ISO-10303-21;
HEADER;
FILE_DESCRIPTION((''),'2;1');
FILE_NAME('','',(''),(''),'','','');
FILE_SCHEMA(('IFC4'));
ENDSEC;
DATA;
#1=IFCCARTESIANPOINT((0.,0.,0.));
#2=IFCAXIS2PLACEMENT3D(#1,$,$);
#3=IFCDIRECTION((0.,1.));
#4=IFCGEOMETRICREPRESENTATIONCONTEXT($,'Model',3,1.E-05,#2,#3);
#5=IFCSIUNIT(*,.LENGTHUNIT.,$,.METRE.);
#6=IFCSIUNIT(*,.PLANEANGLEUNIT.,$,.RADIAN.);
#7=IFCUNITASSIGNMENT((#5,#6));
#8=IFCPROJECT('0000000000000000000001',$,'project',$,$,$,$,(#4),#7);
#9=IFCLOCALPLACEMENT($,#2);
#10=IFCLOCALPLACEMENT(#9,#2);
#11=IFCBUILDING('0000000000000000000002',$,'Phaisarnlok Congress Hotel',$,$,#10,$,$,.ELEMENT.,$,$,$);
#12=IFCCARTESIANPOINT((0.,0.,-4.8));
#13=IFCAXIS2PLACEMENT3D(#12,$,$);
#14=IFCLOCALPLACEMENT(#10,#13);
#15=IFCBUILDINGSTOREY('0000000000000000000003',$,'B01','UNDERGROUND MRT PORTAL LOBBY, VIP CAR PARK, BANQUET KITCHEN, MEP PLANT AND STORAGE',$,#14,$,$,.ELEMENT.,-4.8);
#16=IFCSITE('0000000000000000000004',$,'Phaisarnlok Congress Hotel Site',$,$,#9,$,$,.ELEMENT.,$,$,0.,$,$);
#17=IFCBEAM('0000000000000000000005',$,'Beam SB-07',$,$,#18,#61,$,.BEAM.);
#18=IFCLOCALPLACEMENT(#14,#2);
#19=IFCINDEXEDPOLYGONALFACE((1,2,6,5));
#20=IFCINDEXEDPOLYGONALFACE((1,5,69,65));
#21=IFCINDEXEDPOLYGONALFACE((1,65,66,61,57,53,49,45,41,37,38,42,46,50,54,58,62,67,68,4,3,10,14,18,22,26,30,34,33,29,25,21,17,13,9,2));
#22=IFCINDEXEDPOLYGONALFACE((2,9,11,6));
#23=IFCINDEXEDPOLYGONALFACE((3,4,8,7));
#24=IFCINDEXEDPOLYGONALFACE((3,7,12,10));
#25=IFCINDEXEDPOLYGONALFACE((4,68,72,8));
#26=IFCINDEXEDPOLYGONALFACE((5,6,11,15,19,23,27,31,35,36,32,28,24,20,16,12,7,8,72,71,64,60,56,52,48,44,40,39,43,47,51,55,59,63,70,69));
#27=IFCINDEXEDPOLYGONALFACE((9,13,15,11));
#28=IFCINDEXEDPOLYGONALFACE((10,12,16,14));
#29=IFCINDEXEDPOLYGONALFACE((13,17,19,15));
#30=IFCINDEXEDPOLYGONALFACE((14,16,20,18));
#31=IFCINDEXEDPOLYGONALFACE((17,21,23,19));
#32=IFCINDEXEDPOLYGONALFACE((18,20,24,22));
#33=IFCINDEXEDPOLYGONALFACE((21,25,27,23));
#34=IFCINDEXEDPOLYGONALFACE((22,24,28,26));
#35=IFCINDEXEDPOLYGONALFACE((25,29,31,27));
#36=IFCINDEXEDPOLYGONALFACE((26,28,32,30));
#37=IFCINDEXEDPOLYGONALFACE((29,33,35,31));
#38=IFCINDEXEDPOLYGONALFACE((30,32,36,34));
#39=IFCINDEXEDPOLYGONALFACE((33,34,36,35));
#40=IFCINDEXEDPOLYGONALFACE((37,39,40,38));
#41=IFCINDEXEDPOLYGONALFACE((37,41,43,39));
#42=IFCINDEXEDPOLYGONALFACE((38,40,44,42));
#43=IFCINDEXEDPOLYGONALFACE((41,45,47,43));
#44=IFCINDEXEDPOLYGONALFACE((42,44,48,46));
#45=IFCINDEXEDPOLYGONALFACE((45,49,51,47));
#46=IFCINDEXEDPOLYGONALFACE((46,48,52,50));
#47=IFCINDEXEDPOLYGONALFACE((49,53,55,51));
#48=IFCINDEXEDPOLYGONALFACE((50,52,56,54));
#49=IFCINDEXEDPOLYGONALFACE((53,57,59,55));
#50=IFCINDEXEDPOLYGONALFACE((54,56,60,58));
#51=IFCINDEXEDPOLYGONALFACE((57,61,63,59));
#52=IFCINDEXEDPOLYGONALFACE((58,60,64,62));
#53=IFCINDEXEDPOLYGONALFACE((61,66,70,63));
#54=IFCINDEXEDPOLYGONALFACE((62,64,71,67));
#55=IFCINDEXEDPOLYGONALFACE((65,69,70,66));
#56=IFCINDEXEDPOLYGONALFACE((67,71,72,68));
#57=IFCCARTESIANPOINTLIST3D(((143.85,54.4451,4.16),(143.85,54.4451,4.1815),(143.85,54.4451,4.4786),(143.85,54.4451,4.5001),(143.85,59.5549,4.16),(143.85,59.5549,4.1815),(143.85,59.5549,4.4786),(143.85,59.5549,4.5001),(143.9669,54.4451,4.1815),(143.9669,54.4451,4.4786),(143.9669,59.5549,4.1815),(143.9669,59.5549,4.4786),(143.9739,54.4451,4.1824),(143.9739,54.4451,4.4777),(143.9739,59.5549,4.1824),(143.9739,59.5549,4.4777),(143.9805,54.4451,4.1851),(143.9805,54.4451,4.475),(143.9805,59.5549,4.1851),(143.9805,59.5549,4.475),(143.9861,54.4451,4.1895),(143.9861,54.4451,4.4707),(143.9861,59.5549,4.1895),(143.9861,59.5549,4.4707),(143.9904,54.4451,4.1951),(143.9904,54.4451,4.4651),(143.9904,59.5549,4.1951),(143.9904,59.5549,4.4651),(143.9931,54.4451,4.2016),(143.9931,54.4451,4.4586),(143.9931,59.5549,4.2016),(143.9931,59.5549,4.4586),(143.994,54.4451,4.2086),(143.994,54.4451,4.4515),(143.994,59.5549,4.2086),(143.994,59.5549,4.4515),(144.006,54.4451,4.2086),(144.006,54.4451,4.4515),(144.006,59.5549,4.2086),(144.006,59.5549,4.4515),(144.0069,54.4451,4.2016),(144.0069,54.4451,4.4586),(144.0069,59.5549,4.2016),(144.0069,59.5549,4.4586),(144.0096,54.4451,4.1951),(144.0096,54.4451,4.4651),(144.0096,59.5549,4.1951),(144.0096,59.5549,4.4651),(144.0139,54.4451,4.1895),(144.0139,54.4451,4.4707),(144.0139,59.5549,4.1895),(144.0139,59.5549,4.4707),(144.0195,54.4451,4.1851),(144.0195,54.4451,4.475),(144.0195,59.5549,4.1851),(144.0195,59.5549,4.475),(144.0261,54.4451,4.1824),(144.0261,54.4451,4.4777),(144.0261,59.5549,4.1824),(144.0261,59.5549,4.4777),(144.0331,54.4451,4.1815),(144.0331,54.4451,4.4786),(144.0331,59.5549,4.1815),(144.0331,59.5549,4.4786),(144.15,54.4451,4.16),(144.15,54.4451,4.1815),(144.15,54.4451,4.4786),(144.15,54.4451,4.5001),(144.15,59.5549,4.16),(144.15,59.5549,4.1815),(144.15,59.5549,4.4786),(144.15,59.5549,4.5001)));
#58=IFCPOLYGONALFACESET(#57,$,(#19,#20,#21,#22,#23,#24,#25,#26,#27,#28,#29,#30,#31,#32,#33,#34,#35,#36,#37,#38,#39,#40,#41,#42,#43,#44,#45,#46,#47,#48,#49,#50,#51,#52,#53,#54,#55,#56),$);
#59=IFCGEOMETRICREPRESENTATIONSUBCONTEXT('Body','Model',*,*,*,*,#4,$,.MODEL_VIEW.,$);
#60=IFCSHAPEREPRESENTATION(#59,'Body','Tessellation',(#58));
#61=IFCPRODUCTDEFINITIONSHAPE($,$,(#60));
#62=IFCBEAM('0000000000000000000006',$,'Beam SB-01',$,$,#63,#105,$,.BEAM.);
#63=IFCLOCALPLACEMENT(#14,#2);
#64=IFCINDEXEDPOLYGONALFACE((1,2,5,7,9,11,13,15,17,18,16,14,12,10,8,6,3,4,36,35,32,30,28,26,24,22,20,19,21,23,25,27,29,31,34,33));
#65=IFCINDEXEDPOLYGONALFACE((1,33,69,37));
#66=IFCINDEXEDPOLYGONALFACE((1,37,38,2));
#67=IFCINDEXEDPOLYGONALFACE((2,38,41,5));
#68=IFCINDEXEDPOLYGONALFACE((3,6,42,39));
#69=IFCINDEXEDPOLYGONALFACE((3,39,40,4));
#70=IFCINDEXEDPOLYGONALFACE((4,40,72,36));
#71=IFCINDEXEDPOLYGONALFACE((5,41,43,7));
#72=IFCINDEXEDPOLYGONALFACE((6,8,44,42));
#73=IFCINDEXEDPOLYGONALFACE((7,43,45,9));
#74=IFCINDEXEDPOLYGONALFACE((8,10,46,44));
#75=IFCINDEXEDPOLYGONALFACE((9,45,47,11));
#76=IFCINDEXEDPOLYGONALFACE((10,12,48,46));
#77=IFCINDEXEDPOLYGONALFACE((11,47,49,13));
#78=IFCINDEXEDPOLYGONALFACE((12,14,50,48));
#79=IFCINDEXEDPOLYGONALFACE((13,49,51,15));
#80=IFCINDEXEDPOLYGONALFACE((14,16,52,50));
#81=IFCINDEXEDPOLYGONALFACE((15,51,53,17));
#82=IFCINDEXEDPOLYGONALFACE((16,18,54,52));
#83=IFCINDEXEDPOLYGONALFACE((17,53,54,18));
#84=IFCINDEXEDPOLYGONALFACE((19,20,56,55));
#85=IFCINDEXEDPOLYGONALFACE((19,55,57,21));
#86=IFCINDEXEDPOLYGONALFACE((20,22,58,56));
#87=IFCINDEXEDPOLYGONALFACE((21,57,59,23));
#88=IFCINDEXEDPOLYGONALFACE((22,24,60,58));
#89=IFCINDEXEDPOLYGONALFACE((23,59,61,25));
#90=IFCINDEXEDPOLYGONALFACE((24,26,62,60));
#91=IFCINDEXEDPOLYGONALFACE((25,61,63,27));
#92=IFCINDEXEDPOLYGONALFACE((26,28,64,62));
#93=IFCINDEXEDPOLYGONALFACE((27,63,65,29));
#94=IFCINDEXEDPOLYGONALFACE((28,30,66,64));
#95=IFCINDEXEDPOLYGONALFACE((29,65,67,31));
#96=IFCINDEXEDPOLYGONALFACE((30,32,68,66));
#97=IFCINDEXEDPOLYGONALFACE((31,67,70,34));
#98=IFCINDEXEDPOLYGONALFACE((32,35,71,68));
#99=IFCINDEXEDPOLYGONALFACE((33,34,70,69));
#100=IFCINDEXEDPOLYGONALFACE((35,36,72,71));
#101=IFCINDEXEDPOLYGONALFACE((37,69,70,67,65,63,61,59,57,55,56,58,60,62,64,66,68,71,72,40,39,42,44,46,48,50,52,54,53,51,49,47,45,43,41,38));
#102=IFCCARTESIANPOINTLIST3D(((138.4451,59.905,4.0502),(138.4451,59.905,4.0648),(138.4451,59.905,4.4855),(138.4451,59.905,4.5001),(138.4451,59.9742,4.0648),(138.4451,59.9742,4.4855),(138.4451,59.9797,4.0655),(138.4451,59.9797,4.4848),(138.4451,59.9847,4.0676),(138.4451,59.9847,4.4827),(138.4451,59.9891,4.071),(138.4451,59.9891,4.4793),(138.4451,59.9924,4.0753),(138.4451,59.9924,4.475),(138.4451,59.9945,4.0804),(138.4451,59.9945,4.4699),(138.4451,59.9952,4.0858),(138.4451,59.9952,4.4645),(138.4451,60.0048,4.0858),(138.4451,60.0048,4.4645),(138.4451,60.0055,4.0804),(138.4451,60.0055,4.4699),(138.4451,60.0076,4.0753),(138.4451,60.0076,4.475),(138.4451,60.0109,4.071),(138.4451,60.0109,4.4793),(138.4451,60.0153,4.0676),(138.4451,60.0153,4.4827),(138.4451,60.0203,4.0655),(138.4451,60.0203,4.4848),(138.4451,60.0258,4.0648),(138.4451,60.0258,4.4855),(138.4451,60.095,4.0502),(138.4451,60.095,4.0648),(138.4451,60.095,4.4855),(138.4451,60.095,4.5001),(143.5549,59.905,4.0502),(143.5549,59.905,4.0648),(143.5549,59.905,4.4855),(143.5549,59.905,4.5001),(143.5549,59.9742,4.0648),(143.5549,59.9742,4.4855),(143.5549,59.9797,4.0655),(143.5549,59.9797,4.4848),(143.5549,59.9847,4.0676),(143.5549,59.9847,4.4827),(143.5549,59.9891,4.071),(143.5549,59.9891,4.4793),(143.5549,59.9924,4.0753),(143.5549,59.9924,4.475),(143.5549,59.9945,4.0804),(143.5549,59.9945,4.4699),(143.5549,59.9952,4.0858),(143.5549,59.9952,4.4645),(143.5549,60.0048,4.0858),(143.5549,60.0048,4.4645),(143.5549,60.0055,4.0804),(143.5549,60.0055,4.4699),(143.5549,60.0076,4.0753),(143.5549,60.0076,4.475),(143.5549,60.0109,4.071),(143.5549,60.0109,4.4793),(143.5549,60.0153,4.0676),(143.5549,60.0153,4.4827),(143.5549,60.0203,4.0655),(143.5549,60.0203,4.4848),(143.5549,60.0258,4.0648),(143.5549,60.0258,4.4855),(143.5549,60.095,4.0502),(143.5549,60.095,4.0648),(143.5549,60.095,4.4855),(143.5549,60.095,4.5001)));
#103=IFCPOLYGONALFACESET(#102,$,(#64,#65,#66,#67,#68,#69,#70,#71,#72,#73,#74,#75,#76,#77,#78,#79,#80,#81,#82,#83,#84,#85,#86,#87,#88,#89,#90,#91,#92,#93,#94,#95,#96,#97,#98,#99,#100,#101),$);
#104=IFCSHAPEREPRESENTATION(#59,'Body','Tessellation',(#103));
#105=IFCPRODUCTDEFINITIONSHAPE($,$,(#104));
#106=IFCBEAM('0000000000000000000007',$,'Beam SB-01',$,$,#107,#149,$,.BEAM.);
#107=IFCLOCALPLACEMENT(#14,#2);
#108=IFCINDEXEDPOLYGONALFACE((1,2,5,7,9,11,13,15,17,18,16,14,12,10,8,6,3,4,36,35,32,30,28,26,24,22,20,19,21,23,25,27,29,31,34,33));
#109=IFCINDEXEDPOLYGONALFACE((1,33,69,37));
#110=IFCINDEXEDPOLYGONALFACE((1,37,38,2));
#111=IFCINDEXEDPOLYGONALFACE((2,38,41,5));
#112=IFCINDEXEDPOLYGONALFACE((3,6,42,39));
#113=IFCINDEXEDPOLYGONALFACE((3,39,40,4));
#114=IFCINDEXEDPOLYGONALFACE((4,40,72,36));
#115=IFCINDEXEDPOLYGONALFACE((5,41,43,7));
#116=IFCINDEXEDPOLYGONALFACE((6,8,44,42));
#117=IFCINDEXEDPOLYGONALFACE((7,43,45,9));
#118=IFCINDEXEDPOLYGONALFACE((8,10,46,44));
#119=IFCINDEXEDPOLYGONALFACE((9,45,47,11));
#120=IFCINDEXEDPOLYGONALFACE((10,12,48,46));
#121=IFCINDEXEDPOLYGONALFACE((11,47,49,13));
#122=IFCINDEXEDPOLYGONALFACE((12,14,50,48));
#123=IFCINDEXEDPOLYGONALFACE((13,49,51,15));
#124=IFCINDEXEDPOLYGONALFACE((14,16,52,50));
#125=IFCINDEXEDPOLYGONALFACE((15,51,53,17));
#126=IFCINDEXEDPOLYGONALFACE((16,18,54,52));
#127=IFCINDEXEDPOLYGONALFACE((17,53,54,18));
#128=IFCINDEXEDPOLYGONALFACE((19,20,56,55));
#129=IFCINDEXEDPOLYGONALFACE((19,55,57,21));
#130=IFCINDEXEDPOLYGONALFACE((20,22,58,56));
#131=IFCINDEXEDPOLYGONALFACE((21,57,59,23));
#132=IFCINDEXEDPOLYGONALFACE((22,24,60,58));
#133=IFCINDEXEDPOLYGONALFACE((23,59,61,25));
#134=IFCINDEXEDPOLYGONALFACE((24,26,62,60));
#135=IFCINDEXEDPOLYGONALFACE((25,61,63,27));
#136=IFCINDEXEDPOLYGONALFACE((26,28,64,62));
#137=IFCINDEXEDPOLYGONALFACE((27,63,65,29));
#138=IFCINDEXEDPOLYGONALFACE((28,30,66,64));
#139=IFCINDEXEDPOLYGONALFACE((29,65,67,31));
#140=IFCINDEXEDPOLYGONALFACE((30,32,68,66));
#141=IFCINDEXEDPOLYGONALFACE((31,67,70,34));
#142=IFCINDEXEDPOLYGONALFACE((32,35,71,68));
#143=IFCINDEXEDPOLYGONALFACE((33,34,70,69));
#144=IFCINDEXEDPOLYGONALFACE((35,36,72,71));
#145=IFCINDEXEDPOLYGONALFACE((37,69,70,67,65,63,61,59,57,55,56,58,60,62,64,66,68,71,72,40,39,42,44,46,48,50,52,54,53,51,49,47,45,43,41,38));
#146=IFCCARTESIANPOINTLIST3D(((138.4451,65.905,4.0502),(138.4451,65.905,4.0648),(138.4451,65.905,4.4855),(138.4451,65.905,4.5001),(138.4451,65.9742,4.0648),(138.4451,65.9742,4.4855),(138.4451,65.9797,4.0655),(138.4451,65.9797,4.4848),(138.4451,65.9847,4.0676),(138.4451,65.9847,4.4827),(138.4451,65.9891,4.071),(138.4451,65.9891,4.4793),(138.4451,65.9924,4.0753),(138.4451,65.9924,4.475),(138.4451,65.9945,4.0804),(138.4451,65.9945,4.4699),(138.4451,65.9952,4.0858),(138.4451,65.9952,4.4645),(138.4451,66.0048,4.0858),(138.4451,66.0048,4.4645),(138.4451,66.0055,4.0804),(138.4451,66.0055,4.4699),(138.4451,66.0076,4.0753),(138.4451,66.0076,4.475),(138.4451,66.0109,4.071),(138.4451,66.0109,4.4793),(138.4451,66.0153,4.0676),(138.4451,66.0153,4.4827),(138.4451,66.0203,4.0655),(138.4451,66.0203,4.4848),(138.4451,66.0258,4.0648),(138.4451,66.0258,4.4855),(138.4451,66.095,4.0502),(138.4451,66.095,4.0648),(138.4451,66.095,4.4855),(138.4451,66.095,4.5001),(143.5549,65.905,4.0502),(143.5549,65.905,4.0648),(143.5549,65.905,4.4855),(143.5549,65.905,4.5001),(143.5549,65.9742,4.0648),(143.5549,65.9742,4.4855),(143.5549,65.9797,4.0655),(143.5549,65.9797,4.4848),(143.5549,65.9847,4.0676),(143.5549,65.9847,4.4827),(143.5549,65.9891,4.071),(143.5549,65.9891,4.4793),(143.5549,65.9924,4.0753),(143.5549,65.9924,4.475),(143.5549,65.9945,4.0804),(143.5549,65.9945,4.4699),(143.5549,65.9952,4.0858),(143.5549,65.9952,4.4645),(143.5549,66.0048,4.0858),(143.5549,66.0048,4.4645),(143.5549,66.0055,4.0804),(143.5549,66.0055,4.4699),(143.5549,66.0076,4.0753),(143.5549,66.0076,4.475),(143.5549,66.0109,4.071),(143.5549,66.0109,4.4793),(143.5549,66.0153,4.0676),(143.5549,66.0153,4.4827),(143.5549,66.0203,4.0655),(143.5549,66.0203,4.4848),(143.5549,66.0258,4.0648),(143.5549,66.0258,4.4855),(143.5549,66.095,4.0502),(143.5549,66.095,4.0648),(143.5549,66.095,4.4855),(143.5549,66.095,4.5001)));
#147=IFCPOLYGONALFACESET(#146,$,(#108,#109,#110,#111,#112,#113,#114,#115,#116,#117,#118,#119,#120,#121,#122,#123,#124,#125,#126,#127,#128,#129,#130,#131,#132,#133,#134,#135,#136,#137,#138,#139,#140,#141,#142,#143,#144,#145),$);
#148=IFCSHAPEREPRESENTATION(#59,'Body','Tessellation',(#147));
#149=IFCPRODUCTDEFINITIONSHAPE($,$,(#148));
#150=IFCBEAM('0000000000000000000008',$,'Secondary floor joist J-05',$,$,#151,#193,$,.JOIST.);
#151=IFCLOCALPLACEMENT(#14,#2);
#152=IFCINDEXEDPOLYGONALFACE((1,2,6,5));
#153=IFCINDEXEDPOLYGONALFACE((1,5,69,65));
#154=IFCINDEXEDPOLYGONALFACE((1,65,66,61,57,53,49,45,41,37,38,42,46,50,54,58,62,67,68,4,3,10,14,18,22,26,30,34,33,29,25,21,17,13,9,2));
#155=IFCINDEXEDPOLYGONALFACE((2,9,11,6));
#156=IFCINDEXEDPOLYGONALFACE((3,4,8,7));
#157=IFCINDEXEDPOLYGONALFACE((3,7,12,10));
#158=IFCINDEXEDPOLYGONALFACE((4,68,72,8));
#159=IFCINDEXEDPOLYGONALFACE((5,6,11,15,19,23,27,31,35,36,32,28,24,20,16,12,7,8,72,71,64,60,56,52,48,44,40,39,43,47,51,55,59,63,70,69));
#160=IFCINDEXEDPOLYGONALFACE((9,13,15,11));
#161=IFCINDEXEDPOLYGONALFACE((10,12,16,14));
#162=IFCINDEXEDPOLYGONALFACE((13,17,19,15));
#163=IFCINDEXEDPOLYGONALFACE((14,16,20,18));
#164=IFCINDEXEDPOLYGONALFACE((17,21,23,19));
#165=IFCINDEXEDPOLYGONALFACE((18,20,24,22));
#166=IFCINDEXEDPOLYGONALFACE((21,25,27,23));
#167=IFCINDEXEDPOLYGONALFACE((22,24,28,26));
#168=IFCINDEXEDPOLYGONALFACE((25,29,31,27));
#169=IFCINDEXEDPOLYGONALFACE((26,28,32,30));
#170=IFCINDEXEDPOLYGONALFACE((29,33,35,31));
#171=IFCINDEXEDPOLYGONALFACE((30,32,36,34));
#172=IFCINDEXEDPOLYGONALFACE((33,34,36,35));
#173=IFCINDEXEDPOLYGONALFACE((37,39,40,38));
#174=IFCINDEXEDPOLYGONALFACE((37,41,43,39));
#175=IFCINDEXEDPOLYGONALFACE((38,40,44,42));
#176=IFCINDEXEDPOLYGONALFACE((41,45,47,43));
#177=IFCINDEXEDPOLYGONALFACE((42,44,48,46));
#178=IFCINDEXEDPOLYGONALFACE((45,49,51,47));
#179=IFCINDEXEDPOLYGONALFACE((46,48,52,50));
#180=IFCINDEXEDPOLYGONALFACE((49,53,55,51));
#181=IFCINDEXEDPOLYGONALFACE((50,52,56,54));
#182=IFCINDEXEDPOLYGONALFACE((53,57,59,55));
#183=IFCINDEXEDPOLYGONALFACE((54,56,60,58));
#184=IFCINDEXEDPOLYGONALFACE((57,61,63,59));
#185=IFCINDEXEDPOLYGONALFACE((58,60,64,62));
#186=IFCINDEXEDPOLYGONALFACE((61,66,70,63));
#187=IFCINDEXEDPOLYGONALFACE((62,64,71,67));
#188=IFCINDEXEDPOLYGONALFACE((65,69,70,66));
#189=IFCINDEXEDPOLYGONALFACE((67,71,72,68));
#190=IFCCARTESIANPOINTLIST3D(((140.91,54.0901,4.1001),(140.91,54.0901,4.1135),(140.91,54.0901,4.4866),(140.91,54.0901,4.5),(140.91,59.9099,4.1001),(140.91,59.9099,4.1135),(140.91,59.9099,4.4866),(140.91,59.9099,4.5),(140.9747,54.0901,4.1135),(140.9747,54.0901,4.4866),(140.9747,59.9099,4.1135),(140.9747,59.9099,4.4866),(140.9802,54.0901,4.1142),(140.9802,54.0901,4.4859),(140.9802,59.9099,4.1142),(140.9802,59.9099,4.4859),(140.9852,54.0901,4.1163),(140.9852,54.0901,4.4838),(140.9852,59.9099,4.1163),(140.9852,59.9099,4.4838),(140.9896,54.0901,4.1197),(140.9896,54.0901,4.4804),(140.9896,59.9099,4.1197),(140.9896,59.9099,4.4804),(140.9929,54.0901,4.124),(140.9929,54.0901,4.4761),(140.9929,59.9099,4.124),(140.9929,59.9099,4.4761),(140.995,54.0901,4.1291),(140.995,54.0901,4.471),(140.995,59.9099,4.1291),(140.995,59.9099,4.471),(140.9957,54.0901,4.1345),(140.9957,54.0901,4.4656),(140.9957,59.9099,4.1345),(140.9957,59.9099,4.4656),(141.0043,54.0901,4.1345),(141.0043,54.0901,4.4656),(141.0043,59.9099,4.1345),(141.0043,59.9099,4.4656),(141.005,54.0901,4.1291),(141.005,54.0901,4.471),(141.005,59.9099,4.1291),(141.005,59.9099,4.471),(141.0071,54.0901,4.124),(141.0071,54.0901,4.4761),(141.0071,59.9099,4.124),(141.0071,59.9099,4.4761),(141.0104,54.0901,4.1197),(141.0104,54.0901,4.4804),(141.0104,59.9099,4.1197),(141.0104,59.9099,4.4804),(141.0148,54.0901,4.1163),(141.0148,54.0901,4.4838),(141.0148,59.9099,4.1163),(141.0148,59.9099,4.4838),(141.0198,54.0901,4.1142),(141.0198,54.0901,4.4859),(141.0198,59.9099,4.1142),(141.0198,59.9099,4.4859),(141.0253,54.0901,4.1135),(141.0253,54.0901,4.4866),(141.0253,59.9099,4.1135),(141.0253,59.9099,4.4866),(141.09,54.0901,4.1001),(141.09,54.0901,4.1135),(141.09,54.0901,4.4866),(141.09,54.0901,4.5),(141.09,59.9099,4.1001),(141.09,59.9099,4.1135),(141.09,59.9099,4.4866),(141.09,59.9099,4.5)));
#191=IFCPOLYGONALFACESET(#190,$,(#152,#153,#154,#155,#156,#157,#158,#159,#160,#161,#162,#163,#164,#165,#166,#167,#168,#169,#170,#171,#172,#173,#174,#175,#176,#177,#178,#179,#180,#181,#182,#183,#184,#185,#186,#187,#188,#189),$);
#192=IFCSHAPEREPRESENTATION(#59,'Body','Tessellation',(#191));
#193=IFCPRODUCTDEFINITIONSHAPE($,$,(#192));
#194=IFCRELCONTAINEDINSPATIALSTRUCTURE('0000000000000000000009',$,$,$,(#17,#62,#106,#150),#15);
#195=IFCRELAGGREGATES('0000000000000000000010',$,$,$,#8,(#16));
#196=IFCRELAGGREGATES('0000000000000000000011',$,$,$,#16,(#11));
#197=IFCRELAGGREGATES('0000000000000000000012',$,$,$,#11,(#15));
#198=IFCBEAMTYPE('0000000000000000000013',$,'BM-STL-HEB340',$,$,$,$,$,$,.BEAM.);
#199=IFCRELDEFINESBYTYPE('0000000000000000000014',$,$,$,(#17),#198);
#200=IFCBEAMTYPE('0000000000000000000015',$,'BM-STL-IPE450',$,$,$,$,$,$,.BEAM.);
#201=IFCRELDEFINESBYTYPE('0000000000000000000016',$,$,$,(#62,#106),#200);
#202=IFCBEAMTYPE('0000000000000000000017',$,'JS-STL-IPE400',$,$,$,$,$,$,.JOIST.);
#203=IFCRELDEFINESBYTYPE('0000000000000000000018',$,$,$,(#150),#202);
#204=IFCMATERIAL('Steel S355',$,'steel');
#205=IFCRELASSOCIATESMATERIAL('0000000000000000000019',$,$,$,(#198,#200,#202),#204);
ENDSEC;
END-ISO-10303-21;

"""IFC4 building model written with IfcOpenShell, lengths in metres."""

from ifc_helpers import new_model, si_unit, direction, frame, origin, origin_2d, place, context, subcontext, project, spatial, i_section, extrude, material, material_profile, profile_set, type_object, element, save


model = new_model("IFC4")

# Units and contexts
model_context = context("Model", 3, precision=1e-05, world=origin(), true_north=direction((0.0, 1.0)))
body_context = subcontext(model_context, "Body", "Model", "MODEL_VIEW")
ifc_project = project(units=[si_unit("LENGTHUNIT", "METRE"), si_unit("PLANEANGLEUNIT", "RADIAN")], contexts=[model_context])

# Site, building, storey
site_placement = place(None, origin())
site = spatial("IfcSite", under=ifc_project, at=site_placement, Name="Phaisarnlok Congress Hotel Site", CompositionType="ELEMENT", RefElevation=0.0)
building_placement = place(site_placement, origin())
building = spatial("IfcBuilding", under=site, at=building_placement, Name="Phaisarnlok Congress Hotel", CompositionType="ELEMENT")
storey_placement = place(building_placement, frame((0.0, 0.0, -4.8)))
storey = spatial("IfcBuildingStorey", under=building, at=storey_placement, Name="B01", Description="UNDERGROUND MRT PORTAL LOBBY, VIP CAR PARK, BANQUET KITCHEN, MEP PLANT AND STORAGE", CompositionType="ELEMENT", Elevation=-4.8)

# Beams
ifc_material_1 = material(Name="Steel S355", Category="steel")
ifc_material_profile_1 = material_profile(ifc_material_1, i_section(OverallWidth=0.3, OverallDepth=0.3401, WebThickness=0.012, FlangeThickness=0.0215, FilletRadius=0.0271, at=origin_2d()), Name="HEB 340")
ifc_profile_set_1 = profile_set([ifc_material_profile_1], Name="Steel S355")
beam_type_1 = type_object("IfcBeamType", Name="BM-STL-HEB340", PredefinedType="BEAM", material=ifc_profile_set_1)
beam_1_placement = place(storey_placement, frame((144.0, 54.4451, 4.3301), z_axis=(0.0, 1.0, 0.0), x_axis=(-1.0, 0.0, 0.0)))
element("IfcBeam", 1, at=beam_1_placement, inside=storey, type_object=beam_type_1, Name="Beam SB-07", PredefinedType="BEAM", context=body_context, shape_type="SweptSolid", body=[
    extrude(i_section(OverallWidth=0.3, OverallDepth=0.3401, WebThickness=0.012, FlangeThickness=0.0215, FilletRadius=0.0271, at=origin_2d()), origin(), (0.0, 0.0, 1.0), 5.1099),
])
ifc_material_profile_2 = material_profile(ifc_material_1, i_section(OverallWidth=0.1899, OverallDepth=0.45, WebThickness=0.0095, FlangeThickness=0.0146, FilletRadius=0.021, at=origin_2d()), Name="IPE 450")
ifc_profile_set_2 = profile_set([ifc_material_profile_2], Name="Steel S355")
beam_type_2 = type_object("IfcBeamType", Name="BM-STL-IPE450", PredefinedType="BEAM", material=ifc_profile_set_2)
for number, where, z_axis, x_axis, name in (
    (2, (138.4451, 60.0, 4.2751), (1.0, 0.0, 0.0), (0.0, 1.0, 0.0), "Beam SB-01"),
    (3, (138.4451, 66.0, 4.2751), (1.0, 0.0, 0.0), (0.0, 1.0, 0.0), "Beam SB-01"),
):
    element("IfcBeam", number, at=place(storey_placement, frame(where, z_axis=z_axis, x_axis=x_axis)), inside=storey, type_object=beam_type_2, Name=name, PredefinedType="BEAM", context=body_context, shape_type="SweptSolid", body=[
        extrude(i_section(OverallWidth=0.1899, OverallDepth=0.45, WebThickness=0.0095, FlangeThickness=0.0146, FilletRadius=0.021, at=origin_2d()), origin(), (0.0, 0.0, 1.0), 5.1099),
    ])
ifc_material_profile_3 = material_profile(ifc_material_1, i_section(OverallWidth=0.1799, OverallDepth=0.3999, WebThickness=0.0085, FlangeThickness=0.0134, FilletRadius=0.021, at=origin_2d()), Name="IPE 400")
ifc_profile_set_3 = profile_set([ifc_material_profile_3], Name="Steel S355")
beam_type_3 = type_object("IfcBeamType", Name="JS-STL-IPE400", PredefinedType="JOIST", material=ifc_profile_set_3)
for number, where, z_axis, x_axis, name in (
    (4, (141.0, 54.0901, 4.3), (0.0, 1.0, 0.0), (-1.0, 0.0, 0.0), "Secondary floor joist J-05"),
):
    element("IfcBeam", number, at=place(storey_placement, frame(where, z_axis=z_axis, x_axis=x_axis)), inside=storey, type_object=beam_type_3, Name=name, PredefinedType="JOIST", context=body_context, shape_type="SweptSolid", body=[
        extrude(i_section(OverallWidth=0.1799, OverallDepth=0.3999, WebThickness=0.0085, FlangeThickness=0.0134, FilletRadius=0.021, at=origin_2d()), origin(), (0.0, 0.0, 1.0), 5.8198),
    ])

save(model, "model.ifc")
